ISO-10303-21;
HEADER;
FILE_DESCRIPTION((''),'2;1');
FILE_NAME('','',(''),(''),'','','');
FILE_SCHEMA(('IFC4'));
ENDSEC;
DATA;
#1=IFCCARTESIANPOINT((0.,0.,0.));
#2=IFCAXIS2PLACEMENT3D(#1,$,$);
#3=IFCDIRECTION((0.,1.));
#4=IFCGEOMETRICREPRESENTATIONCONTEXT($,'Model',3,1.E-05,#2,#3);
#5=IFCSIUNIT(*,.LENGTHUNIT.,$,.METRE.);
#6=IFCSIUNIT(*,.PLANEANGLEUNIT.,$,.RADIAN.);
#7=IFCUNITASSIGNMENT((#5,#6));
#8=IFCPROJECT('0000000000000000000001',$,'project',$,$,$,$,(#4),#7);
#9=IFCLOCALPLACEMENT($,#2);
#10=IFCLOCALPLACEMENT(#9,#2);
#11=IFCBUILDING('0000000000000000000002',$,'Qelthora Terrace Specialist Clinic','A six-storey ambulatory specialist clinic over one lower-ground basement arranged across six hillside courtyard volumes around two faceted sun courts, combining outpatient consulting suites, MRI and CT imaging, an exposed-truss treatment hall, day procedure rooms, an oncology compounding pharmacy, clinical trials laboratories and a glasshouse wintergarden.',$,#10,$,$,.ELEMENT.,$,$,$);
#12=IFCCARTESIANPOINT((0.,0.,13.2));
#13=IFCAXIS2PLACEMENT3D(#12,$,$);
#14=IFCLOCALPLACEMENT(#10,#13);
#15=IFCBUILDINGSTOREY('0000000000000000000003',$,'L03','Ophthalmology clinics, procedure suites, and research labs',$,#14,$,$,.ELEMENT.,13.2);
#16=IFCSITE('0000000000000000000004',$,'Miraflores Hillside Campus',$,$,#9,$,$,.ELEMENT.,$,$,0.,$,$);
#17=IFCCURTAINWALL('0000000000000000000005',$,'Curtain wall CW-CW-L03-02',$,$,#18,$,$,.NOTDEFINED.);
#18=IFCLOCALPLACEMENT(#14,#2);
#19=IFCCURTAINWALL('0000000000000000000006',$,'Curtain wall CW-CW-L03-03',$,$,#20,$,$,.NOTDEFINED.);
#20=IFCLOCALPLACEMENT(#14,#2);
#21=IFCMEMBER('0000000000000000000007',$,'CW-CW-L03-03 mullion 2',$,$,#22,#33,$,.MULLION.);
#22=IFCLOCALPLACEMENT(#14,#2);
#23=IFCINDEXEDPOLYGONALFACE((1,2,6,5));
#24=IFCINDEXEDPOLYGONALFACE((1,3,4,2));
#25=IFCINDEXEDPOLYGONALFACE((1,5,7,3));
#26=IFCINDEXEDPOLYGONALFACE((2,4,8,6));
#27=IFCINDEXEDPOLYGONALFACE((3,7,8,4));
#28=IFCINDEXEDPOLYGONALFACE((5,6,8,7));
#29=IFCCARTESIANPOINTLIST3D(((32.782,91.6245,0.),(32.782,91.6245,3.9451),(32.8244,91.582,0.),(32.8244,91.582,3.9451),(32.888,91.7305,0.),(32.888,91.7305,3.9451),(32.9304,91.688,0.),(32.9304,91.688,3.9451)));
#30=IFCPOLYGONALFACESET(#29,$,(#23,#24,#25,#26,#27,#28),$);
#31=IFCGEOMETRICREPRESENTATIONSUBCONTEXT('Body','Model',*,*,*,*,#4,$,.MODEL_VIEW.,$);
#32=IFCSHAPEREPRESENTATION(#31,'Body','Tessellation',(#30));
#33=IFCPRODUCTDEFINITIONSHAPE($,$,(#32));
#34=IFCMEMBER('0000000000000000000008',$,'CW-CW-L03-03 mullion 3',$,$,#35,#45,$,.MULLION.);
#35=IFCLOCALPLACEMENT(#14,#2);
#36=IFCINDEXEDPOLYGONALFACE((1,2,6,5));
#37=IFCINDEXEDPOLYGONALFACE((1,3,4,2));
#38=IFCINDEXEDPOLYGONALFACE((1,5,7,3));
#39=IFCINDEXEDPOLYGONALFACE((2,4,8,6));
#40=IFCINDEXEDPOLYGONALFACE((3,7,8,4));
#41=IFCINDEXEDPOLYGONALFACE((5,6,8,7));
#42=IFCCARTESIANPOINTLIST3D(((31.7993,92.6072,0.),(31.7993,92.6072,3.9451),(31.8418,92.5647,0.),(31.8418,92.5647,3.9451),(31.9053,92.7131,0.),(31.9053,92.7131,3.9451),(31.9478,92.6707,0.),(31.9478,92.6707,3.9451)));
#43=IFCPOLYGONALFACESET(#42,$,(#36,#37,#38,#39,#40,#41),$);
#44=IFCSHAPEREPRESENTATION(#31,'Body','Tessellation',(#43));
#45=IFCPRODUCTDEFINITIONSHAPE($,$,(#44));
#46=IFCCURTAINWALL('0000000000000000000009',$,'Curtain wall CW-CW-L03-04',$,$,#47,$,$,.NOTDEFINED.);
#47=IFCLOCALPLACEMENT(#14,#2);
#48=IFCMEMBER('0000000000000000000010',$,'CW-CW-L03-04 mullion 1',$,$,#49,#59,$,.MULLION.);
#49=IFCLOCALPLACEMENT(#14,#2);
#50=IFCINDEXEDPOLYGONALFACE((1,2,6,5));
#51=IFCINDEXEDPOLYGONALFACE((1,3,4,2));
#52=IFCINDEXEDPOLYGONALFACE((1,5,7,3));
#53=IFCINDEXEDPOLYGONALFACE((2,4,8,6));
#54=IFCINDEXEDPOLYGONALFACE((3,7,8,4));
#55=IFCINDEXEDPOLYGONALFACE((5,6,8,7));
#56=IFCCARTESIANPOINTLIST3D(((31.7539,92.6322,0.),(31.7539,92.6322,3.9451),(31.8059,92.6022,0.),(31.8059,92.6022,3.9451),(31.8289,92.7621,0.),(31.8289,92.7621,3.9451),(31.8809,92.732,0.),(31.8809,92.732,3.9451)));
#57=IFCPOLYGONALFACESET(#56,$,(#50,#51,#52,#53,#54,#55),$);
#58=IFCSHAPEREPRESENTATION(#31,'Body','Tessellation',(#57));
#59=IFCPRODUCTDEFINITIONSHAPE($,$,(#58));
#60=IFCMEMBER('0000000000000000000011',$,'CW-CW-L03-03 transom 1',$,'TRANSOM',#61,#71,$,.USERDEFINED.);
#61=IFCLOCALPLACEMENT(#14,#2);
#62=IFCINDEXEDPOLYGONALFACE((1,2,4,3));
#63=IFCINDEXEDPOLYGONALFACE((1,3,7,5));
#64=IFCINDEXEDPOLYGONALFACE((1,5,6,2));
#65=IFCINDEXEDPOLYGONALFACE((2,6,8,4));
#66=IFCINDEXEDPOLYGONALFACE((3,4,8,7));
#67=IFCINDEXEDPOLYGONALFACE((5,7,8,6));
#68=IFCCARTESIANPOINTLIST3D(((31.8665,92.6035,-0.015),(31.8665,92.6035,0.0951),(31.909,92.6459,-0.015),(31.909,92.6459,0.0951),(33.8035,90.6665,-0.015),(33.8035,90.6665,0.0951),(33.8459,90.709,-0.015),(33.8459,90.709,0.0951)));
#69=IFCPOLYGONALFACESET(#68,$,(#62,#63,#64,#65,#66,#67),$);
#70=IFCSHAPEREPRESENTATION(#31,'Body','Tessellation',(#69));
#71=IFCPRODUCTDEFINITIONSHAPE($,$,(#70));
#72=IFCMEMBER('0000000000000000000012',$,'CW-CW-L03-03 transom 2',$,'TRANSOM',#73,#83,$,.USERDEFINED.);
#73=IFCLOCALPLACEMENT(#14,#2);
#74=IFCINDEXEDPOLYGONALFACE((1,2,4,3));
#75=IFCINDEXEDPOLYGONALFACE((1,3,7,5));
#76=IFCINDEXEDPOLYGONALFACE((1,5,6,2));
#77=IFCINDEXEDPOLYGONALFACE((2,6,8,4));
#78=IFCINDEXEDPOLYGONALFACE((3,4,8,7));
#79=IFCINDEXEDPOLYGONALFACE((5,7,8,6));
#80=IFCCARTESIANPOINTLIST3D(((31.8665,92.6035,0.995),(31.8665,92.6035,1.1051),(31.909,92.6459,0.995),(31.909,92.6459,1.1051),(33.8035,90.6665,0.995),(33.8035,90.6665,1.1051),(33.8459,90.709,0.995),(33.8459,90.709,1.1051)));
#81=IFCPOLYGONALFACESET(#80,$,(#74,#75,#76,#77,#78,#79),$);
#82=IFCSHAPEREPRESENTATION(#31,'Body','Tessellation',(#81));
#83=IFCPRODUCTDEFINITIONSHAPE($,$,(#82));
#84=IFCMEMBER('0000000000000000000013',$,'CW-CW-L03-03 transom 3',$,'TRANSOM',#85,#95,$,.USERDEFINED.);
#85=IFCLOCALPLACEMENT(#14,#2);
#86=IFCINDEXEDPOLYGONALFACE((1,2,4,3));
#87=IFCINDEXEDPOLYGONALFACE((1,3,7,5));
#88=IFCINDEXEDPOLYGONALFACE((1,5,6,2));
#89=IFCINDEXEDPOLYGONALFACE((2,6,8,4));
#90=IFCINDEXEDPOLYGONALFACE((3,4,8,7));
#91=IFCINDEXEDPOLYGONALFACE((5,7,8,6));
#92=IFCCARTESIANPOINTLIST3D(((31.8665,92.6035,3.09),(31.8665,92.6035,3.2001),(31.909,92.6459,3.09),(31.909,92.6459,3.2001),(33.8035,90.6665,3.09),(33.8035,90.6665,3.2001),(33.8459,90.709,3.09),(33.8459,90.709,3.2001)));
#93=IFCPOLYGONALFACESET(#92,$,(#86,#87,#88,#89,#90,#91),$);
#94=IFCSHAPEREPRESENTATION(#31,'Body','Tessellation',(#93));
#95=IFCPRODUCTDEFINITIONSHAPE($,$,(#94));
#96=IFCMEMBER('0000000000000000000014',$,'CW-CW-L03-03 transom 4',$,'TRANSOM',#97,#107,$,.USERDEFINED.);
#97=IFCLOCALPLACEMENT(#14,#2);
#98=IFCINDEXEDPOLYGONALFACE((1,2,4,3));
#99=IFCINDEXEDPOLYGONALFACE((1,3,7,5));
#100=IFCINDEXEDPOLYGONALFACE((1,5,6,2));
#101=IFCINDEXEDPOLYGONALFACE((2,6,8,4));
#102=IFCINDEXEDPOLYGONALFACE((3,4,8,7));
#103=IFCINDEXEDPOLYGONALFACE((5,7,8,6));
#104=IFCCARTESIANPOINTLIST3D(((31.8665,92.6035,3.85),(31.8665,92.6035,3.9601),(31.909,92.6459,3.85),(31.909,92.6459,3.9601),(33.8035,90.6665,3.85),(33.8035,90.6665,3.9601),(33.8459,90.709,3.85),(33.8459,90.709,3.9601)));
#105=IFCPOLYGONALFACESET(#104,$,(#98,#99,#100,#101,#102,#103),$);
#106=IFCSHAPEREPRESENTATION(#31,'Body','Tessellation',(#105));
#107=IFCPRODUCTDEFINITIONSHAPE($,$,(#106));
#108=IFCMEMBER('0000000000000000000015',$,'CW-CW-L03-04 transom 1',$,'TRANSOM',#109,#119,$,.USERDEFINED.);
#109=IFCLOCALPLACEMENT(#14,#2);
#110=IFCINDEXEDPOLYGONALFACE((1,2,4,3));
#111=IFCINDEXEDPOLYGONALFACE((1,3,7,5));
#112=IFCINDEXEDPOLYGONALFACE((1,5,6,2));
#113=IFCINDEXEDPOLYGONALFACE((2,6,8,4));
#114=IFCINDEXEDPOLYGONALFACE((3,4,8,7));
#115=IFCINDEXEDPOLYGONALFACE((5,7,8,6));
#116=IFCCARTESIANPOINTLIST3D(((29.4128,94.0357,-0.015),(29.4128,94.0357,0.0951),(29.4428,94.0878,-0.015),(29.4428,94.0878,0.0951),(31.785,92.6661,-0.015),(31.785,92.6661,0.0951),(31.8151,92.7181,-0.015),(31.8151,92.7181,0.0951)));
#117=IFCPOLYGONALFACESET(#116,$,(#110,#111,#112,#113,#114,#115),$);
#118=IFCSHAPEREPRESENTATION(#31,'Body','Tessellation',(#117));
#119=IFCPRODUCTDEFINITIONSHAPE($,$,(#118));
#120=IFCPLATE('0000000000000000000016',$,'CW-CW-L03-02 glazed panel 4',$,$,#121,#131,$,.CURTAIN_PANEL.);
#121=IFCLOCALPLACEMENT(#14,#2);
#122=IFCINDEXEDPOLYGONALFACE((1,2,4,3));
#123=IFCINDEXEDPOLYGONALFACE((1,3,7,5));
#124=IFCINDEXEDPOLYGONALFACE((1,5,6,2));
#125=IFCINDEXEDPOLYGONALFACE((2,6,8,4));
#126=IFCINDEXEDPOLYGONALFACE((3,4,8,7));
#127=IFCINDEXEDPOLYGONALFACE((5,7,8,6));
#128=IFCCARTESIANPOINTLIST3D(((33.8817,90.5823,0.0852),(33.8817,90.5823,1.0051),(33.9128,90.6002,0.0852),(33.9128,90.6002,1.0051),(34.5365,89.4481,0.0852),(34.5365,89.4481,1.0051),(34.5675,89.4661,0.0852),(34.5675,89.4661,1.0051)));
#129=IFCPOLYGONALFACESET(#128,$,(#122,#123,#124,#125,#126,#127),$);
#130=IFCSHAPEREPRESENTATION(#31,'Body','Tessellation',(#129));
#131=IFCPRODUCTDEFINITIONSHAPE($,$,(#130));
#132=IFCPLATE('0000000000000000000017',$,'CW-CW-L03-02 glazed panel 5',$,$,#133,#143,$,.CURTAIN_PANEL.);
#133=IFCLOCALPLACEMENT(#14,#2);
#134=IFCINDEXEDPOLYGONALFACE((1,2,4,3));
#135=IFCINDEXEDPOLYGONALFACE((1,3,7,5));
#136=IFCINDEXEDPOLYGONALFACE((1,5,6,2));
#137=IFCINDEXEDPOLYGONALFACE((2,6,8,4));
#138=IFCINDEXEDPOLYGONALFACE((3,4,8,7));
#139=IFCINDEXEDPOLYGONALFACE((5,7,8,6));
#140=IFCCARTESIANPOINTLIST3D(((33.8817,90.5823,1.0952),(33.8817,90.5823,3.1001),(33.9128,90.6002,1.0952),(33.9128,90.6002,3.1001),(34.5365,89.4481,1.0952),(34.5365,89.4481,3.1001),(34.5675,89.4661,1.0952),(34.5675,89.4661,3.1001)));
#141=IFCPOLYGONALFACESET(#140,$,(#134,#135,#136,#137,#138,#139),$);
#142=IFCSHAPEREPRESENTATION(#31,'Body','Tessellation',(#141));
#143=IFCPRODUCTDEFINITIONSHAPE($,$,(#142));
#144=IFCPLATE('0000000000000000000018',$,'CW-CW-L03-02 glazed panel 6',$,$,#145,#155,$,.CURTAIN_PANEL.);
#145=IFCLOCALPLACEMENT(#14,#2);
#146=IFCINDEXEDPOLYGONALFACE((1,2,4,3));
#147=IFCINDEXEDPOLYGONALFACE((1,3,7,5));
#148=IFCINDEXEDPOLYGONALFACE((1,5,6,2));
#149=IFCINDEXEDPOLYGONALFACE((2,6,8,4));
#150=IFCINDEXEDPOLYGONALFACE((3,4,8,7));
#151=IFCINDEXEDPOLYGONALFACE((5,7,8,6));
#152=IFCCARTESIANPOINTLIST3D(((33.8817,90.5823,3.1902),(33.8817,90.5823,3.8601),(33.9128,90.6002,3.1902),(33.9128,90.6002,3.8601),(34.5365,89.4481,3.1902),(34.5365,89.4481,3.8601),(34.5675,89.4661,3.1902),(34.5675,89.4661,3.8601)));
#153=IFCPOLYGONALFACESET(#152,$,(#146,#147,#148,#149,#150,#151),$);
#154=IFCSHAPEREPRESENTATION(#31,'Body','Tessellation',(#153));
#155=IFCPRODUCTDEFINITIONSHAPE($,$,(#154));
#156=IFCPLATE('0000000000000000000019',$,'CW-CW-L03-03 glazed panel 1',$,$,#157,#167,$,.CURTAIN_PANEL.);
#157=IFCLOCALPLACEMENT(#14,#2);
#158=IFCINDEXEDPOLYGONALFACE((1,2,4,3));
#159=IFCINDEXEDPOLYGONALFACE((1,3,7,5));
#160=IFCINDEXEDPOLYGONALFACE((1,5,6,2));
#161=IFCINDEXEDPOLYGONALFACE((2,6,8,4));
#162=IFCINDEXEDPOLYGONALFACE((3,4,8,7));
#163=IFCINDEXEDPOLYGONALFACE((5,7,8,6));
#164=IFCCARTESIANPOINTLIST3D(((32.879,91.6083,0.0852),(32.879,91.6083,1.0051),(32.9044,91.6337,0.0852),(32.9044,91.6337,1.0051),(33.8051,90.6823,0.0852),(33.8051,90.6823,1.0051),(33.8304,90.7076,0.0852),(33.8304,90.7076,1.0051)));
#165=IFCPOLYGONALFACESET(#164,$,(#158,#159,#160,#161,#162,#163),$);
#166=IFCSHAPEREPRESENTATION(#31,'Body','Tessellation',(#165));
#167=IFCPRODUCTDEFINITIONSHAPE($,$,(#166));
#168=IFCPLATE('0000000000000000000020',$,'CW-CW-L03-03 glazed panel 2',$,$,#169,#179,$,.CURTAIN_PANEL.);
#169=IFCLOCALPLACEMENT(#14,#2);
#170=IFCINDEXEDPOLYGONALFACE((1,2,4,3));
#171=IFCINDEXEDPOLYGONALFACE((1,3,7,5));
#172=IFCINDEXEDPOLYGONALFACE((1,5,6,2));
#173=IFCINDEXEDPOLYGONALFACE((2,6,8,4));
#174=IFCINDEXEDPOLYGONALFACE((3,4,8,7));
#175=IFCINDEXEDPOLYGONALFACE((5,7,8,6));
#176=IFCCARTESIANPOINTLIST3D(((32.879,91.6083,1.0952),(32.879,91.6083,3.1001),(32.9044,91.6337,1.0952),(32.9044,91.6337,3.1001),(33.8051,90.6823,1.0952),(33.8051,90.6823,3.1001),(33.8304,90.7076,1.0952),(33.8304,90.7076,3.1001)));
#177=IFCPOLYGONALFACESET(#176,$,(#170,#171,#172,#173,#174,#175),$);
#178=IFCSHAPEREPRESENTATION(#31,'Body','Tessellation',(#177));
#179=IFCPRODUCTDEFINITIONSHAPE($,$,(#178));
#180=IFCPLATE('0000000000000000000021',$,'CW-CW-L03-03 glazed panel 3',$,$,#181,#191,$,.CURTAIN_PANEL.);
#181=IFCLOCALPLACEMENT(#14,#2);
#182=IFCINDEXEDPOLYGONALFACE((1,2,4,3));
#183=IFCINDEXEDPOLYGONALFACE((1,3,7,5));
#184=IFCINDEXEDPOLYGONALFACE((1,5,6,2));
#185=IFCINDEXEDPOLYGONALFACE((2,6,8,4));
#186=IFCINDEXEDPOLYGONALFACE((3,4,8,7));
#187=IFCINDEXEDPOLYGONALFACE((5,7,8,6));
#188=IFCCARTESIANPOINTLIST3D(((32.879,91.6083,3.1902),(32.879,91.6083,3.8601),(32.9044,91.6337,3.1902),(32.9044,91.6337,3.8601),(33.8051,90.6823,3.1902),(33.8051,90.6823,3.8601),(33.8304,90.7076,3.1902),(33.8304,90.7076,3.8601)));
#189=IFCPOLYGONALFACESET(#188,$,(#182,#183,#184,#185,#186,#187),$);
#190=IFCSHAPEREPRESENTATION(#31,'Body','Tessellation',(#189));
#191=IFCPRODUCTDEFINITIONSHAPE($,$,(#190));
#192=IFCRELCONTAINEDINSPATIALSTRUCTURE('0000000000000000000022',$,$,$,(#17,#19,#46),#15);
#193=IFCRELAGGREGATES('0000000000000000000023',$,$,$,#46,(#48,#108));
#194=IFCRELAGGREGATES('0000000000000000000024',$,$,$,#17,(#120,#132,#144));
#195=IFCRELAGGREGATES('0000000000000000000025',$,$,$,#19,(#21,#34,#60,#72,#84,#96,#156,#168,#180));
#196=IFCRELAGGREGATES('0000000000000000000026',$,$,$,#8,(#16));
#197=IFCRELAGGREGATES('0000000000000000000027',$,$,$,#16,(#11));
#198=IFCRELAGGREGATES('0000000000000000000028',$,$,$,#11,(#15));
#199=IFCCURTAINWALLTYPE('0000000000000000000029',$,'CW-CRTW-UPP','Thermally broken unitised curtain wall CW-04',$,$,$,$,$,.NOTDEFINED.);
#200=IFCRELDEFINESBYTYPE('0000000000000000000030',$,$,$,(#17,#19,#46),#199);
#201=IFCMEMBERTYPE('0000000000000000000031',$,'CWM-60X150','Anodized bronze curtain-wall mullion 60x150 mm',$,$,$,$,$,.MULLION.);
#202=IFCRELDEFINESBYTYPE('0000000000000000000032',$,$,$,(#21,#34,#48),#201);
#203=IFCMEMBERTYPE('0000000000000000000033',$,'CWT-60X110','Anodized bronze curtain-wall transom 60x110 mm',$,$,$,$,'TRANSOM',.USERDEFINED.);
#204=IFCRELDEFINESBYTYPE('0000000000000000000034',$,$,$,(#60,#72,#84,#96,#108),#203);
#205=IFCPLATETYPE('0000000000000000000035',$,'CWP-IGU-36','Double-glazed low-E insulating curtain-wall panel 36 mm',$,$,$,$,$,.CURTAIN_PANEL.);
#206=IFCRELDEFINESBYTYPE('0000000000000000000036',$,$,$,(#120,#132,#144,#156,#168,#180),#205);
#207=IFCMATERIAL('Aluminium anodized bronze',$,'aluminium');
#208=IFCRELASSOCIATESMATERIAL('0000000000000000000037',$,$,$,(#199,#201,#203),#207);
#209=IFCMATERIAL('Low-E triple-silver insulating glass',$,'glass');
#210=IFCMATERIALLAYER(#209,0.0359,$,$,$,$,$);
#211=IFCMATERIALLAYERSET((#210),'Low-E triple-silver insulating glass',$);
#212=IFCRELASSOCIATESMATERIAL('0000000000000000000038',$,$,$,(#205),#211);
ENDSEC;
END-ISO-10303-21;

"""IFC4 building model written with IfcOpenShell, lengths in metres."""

from ifc_helpers import new_model, si_unit, direction, frame, origin, origin_2d, place, context, subcontext, project, spatial, rectangle, extrude, material, layer, layer_set, material_profile, profile_set, type_object, element, aggregate, save


model = new_model("IFC4")

# Units and contexts
model_context = context("Model", 3, precision=1e-05, world=origin(), true_north=direction((0.0, 1.0)))
body_context = subcontext(model_context, "Body", "Model", "MODEL_VIEW")
ifc_project = project(units=[si_unit("LENGTHUNIT", "METRE"), si_unit("PLANEANGLEUNIT", "RADIAN")], contexts=[model_context])

# Site, building, storey
site_placement = place(None, origin())
site = spatial("IfcSite", under=ifc_project, at=site_placement, Name="Miraflores Hillside Campus", CompositionType="ELEMENT", RefElevation=0.0)
building_placement = place(site_placement, origin())
building = spatial("IfcBuilding", under=site, at=building_placement, Name="Qelthora Terrace Specialist Clinic", Description="A six-storey ambulatory specialist clinic over one lower-ground basement arranged across six hillside courtyard volumes around two faceted sun courts, combining outpatient consulting suites, MRI and CT imaging, an exposed-truss treatment hall, day procedure rooms, an oncology compounding pharmacy, clinical trials laboratories and a glasshouse wintergarden.", CompositionType="ELEMENT")
storey_placement = place(building_placement, frame((0.0, 0.0, 13.2)))
storey = spatial("IfcBuildingStorey", under=building, at=storey_placement, Name="L03", Description="Ophthalmology clinics, procedure suites, and research labs", CompositionType="ELEMENT", Elevation=13.2)

# Curtain walls, members
ifc_material_1 = material(Name="Aluminium anodized bronze", Category="aluminium")
curtain_wall_type = type_object("IfcCurtainWallType", Name="CW-CRTW-UPP", Description="Thermally broken unitised curtain wall CW-04", PredefinedType="NOTDEFINED", material=ifc_material_1)
curtain_wall_1_placement = place(storey_placement, origin())
curtain_wall_1 = element("IfcCurtainWall", 1, at=curtain_wall_1_placement, inside=storey, type_object=curtain_wall_type, Name="Curtain wall CW-CW-L03-02", PredefinedType="NOTDEFINED")
ifc_material_profile_1 = material_profile(ifc_material_1, rectangle(XDim=0.0601, YDim=0.1499, at=origin_2d()), Name="CWM60X150")
ifc_profile_set_1 = profile_set([ifc_material_profile_1], Name="Aluminium anodized bronze")
member_type_1 = type_object("IfcMemberType", Name="CWM-60X150", Description="Anodized bronze curtain-wall mullion 60x150 mm", PredefinedType="MULLION", material=ifc_profile_set_1)
curtain_wall_2_placement = place(storey_placement, origin())
curtain_wall_2 = element("IfcCurtainWall", 2, at=curtain_wall_2_placement, inside=storey, type_object=curtain_wall_type, Name="Curtain wall CW-CW-L03-03", PredefinedType="NOTDEFINED")
member_1_placement = place(storey_placement, frame((32.8562, 91.6562, 0.0), z_axis=(0.0, 0.0, 1.0), x_axis=(-0.707107, 0.707107, 0.0)))
member_1 = element("IfcMember", 3, at=member_1_placement, type_object=member_type_1, Name="CW-CW-L03-03 mullion 2", PredefinedType="MULLION", context=body_context, shape_type="SweptSolid", body=[
    extrude(rectangle(XDim=0.0601, YDim=0.1499, at=origin_2d()), origin(), (0.0, 0.0, 1.0), 3.9451),
])
member_2_placement = place(storey_placement, frame((31.8735, 92.6389, 0.0), z_axis=(0.0, 0.0, 1.0), x_axis=(-0.707107, 0.707107, 0.0)))
member_2 = element("IfcMember", 4, at=member_2_placement, type_object=member_type_1, Name="CW-CW-L03-03 mullion 3", PredefinedType="MULLION", context=body_context, shape_type="SweptSolid", body=[
    extrude(rectangle(XDim=0.0601, YDim=0.1499, at=origin_2d()), origin(), (0.0, 0.0, 1.0), 3.9451),
])

# Curtain wall, member
curtain_wall_3_placement = place(storey_placement, origin())
curtain_wall_3 = element("IfcCurtainWall", 5, at=curtain_wall_3_placement, inside=storey, type_object=curtain_wall_type, Name="Curtain wall CW-CW-L03-04", PredefinedType="NOTDEFINED")
member_3_placement = place(storey_placement, frame((31.8174, 92.6821, 0.0), z_axis=(0.0, 0.0, 1.0), x_axis=(-0.866026, 0.5, 0.0)))
member_3 = element("IfcMember", 6, at=member_3_placement, type_object=member_type_1, Name="CW-CW-L03-04 mullion 1", PredefinedType="MULLION", context=body_context, shape_type="SweptSolid", body=[
    extrude(rectangle(XDim=0.0601, YDim=0.1499, at=origin_2d()), origin(), (0.0, 0.0, 1.0), 3.9451),
])

# Members
ifc_material_profile_2 = material_profile(ifc_material_1, rectangle(XDim=0.0601, YDim=0.1101, at=origin_2d()), Name="CWT60X110")
ifc_profile_set_2 = profile_set([ifc_material_profile_2], Name="Aluminium anodized bronze")
member_type_2 = type_object("IfcMemberType", Name="CWT-60X110", Description="Anodized bronze curtain-wall transom 60x110 mm", ElementType="TRANSOM", PredefinedType="USERDEFINED", material=ifc_profile_set_2)
member_4_placement = place(storey_placement, frame((33.8247, 90.6877, 0.04), z_axis=(-0.707107, 0.707107, 0.0), x_axis=(-0.707107, -0.707107, 0.0)))
member_4 = element("IfcMember", 7, at=member_4_placement, type_object=member_type_2, Name="CW-CW-L03-03 transom 1", ObjectType="TRANSOM", PredefinedType="USERDEFINED", context=body_context, shape_type="SweptSolid", body=[
    extrude(rectangle(XDim=0.0601, YDim=0.1101, at=origin_2d()), origin(), (0.0, 0.0, 1.0), 2.7393),
])
member_5_placement = place(storey_placement, frame((33.8247, 90.6877, 1.05), z_axis=(-0.707107, 0.707107, 0.0), x_axis=(-0.707107, -0.707107, 0.0)))
member_5 = element("IfcMember", 8, at=member_5_placement, type_object=member_type_2, Name="CW-CW-L03-03 transom 2", ObjectType="TRANSOM", PredefinedType="USERDEFINED", context=body_context, shape_type="SweptSolid", body=[
    extrude(rectangle(XDim=0.0601, YDim=0.1101, at=origin_2d()), origin(), (0.0, 0.0, 1.0), 2.7393),
])
member_6_placement = place(storey_placement, frame((33.8247, 90.6877, 3.145), z_axis=(-0.707107, 0.707107, 0.0), x_axis=(-0.707107, -0.707107, 0.0)))
member_6 = element("IfcMember", 9, at=member_6_placement, type_object=member_type_2, Name="CW-CW-L03-03 transom 3", ObjectType="TRANSOM", PredefinedType="USERDEFINED", context=body_context, shape_type="SweptSolid", body=[
    extrude(rectangle(XDim=0.0601, YDim=0.1101, at=origin_2d()), origin(), (0.0, 0.0, 1.0), 2.7393),
])
member_7_placement = place(storey_placement, frame((33.8247, 90.6877, 3.905), z_axis=(-0.707107, 0.707107, 0.0), x_axis=(-0.707107, -0.707107, 0.0)))
member_7 = element("IfcMember", 10, at=member_7_placement, type_object=member_type_2, Name="CW-CW-L03-03 transom 4", ObjectType="TRANSOM", PredefinedType="USERDEFINED", context=body_context, shape_type="SweptSolid", body=[
    extrude(rectangle(XDim=0.0601, YDim=0.1101, at=origin_2d()), origin(), (0.0, 0.0, 1.0), 2.7393),
])
member_8_placement = place(storey_placement, frame((31.8, 92.6921, 0.04), z_axis=(-0.86603, 0.499992, 0.0), x_axis=(-0.499992, -0.86603, 0.0)))
member_8 = element("IfcMember", 11, at=member_8_placement, type_object=member_type_2, Name="CW-CW-L03-04 transom 1", ObjectType="TRANSOM", PredefinedType="USERDEFINED", context=body_context, shape_type="SweptSolid", body=[
    extrude(rectangle(XDim=0.0601, YDim=0.1101, at=origin_2d()), origin(), (0.0, 0.0, 1.0), 2.7393),
])
aggregate(curtain_wall_3, [member_3, member_8])

# Plates
ifc_material_2 = material(Name="Low-E triple-silver insulating glass", Category="glass")
ifc_layer = layer(ifc_material_2, 0.0359)
ifc_layer_set = layer_set([ifc_layer], Name="Low-E triple-silver insulating glass")
plate_type = type_object("IfcPlateType", Name="CWP-IGU-36", Description="Double-glazed low-E insulating curtain-wall panel 36 mm", PredefinedType="CURTAIN_PANEL", material=ifc_layer_set)
plate_1_placement = place(storey_placement, frame((34.2246, 90.0242, 0.0852), z_axis=(0.0, 0.0, 1.0), x_axis=(-0.5, 0.866025, 0.0)))
plate_1 = element("IfcPlate", 12, at=plate_1_placement, type_object=plate_type, Name="CW-CW-L03-02 glazed panel 4", PredefinedType="CURTAIN_PANEL", context=body_context, shape_type="SweptSolid", body=[
    extrude(rectangle(XDim=1.3096, YDim=0.0359, at=origin_2d()), origin(), (0.0, 0.0, 1.0), 0.9199),
])
plate_2_placement = place(storey_placement, frame((34.2246, 90.0242, 1.0952), z_axis=(0.0, 0.0, 1.0), x_axis=(-0.5, 0.866025, 0.0)))
plate_2 = element("IfcPlate", 13, at=plate_2_placement, type_object=plate_type, Name="CW-CW-L03-02 glazed panel 5", PredefinedType="CURTAIN_PANEL", context=body_context, shape_type="SweptSolid", body=[
    extrude(rectangle(XDim=1.3096, YDim=0.0359, at=origin_2d()), origin(), (0.0, 0.0, 1.0), 2.0049),
])
plate_3_placement = place(storey_placement, frame((34.2246, 90.0242, 3.1902), z_axis=(0.0, 0.0, 1.0), x_axis=(-0.5, 0.866025, 0.0)))
plate_3 = element("IfcPlate", 14, at=plate_3_placement, type_object=plate_type, Name="CW-CW-L03-02 glazed panel 6", PredefinedType="CURTAIN_PANEL", context=body_context, shape_type="SweptSolid", body=[
    extrude(rectangle(XDim=1.3096, YDim=0.0359, at=origin_2d()), origin(), (0.0, 0.0, 1.0), 0.6699),
])
aggregate(curtain_wall_1, [plate_1, plate_2, plate_3])
plate_4_placement = place(storey_placement, frame((33.3547, 91.158, 0.0852), z_axis=(0.0, 0.0, 1.0), x_axis=(-0.707107, 0.707107, 0.0)))
plate_4 = element("IfcPlate", 15, at=plate_4_placement, type_object=plate_type, Name="CW-CW-L03-03 glazed panel 1", PredefinedType="CURTAIN_PANEL", context=body_context, shape_type="SweptSolid", body=[
    extrude(rectangle(XDim=1.3096, YDim=0.0359, at=origin_2d()), origin(), (0.0, 0.0, 1.0), 0.9199),
])
plate_5_placement = place(storey_placement, frame((33.3547, 91.158, 1.0952), z_axis=(0.0, 0.0, 1.0), x_axis=(-0.707107, 0.707107, 0.0)))
plate_5 = element("IfcPlate", 16, at=plate_5_placement, type_object=plate_type, Name="CW-CW-L03-03 glazed panel 2", PredefinedType="CURTAIN_PANEL", context=body_context, shape_type="SweptSolid", body=[
    extrude(rectangle(XDim=1.3096, YDim=0.0359, at=origin_2d()), origin(), (0.0, 0.0, 1.0), 2.0049),
])
plate_6_placement = place(storey_placement, frame((33.3547, 91.158, 3.1902), z_axis=(0.0, 0.0, 1.0), x_axis=(-0.707107, 0.707107, 0.0)))
plate_6 = element("IfcPlate", 17, at=plate_6_placement, type_object=plate_type, Name="CW-CW-L03-03 glazed panel 3", PredefinedType="CURTAIN_PANEL", context=body_context, shape_type="SweptSolid", body=[
    extrude(rectangle(XDim=1.3096, YDim=0.0359, at=origin_2d()), origin(), (0.0, 0.0, 1.0), 0.6699),
])
aggregate(curtain_wall_2, [member_1, member_2, member_4, member_5, member_6, member_7, plate_4, plate_5, plate_6])

save(model, "model.ifc")
